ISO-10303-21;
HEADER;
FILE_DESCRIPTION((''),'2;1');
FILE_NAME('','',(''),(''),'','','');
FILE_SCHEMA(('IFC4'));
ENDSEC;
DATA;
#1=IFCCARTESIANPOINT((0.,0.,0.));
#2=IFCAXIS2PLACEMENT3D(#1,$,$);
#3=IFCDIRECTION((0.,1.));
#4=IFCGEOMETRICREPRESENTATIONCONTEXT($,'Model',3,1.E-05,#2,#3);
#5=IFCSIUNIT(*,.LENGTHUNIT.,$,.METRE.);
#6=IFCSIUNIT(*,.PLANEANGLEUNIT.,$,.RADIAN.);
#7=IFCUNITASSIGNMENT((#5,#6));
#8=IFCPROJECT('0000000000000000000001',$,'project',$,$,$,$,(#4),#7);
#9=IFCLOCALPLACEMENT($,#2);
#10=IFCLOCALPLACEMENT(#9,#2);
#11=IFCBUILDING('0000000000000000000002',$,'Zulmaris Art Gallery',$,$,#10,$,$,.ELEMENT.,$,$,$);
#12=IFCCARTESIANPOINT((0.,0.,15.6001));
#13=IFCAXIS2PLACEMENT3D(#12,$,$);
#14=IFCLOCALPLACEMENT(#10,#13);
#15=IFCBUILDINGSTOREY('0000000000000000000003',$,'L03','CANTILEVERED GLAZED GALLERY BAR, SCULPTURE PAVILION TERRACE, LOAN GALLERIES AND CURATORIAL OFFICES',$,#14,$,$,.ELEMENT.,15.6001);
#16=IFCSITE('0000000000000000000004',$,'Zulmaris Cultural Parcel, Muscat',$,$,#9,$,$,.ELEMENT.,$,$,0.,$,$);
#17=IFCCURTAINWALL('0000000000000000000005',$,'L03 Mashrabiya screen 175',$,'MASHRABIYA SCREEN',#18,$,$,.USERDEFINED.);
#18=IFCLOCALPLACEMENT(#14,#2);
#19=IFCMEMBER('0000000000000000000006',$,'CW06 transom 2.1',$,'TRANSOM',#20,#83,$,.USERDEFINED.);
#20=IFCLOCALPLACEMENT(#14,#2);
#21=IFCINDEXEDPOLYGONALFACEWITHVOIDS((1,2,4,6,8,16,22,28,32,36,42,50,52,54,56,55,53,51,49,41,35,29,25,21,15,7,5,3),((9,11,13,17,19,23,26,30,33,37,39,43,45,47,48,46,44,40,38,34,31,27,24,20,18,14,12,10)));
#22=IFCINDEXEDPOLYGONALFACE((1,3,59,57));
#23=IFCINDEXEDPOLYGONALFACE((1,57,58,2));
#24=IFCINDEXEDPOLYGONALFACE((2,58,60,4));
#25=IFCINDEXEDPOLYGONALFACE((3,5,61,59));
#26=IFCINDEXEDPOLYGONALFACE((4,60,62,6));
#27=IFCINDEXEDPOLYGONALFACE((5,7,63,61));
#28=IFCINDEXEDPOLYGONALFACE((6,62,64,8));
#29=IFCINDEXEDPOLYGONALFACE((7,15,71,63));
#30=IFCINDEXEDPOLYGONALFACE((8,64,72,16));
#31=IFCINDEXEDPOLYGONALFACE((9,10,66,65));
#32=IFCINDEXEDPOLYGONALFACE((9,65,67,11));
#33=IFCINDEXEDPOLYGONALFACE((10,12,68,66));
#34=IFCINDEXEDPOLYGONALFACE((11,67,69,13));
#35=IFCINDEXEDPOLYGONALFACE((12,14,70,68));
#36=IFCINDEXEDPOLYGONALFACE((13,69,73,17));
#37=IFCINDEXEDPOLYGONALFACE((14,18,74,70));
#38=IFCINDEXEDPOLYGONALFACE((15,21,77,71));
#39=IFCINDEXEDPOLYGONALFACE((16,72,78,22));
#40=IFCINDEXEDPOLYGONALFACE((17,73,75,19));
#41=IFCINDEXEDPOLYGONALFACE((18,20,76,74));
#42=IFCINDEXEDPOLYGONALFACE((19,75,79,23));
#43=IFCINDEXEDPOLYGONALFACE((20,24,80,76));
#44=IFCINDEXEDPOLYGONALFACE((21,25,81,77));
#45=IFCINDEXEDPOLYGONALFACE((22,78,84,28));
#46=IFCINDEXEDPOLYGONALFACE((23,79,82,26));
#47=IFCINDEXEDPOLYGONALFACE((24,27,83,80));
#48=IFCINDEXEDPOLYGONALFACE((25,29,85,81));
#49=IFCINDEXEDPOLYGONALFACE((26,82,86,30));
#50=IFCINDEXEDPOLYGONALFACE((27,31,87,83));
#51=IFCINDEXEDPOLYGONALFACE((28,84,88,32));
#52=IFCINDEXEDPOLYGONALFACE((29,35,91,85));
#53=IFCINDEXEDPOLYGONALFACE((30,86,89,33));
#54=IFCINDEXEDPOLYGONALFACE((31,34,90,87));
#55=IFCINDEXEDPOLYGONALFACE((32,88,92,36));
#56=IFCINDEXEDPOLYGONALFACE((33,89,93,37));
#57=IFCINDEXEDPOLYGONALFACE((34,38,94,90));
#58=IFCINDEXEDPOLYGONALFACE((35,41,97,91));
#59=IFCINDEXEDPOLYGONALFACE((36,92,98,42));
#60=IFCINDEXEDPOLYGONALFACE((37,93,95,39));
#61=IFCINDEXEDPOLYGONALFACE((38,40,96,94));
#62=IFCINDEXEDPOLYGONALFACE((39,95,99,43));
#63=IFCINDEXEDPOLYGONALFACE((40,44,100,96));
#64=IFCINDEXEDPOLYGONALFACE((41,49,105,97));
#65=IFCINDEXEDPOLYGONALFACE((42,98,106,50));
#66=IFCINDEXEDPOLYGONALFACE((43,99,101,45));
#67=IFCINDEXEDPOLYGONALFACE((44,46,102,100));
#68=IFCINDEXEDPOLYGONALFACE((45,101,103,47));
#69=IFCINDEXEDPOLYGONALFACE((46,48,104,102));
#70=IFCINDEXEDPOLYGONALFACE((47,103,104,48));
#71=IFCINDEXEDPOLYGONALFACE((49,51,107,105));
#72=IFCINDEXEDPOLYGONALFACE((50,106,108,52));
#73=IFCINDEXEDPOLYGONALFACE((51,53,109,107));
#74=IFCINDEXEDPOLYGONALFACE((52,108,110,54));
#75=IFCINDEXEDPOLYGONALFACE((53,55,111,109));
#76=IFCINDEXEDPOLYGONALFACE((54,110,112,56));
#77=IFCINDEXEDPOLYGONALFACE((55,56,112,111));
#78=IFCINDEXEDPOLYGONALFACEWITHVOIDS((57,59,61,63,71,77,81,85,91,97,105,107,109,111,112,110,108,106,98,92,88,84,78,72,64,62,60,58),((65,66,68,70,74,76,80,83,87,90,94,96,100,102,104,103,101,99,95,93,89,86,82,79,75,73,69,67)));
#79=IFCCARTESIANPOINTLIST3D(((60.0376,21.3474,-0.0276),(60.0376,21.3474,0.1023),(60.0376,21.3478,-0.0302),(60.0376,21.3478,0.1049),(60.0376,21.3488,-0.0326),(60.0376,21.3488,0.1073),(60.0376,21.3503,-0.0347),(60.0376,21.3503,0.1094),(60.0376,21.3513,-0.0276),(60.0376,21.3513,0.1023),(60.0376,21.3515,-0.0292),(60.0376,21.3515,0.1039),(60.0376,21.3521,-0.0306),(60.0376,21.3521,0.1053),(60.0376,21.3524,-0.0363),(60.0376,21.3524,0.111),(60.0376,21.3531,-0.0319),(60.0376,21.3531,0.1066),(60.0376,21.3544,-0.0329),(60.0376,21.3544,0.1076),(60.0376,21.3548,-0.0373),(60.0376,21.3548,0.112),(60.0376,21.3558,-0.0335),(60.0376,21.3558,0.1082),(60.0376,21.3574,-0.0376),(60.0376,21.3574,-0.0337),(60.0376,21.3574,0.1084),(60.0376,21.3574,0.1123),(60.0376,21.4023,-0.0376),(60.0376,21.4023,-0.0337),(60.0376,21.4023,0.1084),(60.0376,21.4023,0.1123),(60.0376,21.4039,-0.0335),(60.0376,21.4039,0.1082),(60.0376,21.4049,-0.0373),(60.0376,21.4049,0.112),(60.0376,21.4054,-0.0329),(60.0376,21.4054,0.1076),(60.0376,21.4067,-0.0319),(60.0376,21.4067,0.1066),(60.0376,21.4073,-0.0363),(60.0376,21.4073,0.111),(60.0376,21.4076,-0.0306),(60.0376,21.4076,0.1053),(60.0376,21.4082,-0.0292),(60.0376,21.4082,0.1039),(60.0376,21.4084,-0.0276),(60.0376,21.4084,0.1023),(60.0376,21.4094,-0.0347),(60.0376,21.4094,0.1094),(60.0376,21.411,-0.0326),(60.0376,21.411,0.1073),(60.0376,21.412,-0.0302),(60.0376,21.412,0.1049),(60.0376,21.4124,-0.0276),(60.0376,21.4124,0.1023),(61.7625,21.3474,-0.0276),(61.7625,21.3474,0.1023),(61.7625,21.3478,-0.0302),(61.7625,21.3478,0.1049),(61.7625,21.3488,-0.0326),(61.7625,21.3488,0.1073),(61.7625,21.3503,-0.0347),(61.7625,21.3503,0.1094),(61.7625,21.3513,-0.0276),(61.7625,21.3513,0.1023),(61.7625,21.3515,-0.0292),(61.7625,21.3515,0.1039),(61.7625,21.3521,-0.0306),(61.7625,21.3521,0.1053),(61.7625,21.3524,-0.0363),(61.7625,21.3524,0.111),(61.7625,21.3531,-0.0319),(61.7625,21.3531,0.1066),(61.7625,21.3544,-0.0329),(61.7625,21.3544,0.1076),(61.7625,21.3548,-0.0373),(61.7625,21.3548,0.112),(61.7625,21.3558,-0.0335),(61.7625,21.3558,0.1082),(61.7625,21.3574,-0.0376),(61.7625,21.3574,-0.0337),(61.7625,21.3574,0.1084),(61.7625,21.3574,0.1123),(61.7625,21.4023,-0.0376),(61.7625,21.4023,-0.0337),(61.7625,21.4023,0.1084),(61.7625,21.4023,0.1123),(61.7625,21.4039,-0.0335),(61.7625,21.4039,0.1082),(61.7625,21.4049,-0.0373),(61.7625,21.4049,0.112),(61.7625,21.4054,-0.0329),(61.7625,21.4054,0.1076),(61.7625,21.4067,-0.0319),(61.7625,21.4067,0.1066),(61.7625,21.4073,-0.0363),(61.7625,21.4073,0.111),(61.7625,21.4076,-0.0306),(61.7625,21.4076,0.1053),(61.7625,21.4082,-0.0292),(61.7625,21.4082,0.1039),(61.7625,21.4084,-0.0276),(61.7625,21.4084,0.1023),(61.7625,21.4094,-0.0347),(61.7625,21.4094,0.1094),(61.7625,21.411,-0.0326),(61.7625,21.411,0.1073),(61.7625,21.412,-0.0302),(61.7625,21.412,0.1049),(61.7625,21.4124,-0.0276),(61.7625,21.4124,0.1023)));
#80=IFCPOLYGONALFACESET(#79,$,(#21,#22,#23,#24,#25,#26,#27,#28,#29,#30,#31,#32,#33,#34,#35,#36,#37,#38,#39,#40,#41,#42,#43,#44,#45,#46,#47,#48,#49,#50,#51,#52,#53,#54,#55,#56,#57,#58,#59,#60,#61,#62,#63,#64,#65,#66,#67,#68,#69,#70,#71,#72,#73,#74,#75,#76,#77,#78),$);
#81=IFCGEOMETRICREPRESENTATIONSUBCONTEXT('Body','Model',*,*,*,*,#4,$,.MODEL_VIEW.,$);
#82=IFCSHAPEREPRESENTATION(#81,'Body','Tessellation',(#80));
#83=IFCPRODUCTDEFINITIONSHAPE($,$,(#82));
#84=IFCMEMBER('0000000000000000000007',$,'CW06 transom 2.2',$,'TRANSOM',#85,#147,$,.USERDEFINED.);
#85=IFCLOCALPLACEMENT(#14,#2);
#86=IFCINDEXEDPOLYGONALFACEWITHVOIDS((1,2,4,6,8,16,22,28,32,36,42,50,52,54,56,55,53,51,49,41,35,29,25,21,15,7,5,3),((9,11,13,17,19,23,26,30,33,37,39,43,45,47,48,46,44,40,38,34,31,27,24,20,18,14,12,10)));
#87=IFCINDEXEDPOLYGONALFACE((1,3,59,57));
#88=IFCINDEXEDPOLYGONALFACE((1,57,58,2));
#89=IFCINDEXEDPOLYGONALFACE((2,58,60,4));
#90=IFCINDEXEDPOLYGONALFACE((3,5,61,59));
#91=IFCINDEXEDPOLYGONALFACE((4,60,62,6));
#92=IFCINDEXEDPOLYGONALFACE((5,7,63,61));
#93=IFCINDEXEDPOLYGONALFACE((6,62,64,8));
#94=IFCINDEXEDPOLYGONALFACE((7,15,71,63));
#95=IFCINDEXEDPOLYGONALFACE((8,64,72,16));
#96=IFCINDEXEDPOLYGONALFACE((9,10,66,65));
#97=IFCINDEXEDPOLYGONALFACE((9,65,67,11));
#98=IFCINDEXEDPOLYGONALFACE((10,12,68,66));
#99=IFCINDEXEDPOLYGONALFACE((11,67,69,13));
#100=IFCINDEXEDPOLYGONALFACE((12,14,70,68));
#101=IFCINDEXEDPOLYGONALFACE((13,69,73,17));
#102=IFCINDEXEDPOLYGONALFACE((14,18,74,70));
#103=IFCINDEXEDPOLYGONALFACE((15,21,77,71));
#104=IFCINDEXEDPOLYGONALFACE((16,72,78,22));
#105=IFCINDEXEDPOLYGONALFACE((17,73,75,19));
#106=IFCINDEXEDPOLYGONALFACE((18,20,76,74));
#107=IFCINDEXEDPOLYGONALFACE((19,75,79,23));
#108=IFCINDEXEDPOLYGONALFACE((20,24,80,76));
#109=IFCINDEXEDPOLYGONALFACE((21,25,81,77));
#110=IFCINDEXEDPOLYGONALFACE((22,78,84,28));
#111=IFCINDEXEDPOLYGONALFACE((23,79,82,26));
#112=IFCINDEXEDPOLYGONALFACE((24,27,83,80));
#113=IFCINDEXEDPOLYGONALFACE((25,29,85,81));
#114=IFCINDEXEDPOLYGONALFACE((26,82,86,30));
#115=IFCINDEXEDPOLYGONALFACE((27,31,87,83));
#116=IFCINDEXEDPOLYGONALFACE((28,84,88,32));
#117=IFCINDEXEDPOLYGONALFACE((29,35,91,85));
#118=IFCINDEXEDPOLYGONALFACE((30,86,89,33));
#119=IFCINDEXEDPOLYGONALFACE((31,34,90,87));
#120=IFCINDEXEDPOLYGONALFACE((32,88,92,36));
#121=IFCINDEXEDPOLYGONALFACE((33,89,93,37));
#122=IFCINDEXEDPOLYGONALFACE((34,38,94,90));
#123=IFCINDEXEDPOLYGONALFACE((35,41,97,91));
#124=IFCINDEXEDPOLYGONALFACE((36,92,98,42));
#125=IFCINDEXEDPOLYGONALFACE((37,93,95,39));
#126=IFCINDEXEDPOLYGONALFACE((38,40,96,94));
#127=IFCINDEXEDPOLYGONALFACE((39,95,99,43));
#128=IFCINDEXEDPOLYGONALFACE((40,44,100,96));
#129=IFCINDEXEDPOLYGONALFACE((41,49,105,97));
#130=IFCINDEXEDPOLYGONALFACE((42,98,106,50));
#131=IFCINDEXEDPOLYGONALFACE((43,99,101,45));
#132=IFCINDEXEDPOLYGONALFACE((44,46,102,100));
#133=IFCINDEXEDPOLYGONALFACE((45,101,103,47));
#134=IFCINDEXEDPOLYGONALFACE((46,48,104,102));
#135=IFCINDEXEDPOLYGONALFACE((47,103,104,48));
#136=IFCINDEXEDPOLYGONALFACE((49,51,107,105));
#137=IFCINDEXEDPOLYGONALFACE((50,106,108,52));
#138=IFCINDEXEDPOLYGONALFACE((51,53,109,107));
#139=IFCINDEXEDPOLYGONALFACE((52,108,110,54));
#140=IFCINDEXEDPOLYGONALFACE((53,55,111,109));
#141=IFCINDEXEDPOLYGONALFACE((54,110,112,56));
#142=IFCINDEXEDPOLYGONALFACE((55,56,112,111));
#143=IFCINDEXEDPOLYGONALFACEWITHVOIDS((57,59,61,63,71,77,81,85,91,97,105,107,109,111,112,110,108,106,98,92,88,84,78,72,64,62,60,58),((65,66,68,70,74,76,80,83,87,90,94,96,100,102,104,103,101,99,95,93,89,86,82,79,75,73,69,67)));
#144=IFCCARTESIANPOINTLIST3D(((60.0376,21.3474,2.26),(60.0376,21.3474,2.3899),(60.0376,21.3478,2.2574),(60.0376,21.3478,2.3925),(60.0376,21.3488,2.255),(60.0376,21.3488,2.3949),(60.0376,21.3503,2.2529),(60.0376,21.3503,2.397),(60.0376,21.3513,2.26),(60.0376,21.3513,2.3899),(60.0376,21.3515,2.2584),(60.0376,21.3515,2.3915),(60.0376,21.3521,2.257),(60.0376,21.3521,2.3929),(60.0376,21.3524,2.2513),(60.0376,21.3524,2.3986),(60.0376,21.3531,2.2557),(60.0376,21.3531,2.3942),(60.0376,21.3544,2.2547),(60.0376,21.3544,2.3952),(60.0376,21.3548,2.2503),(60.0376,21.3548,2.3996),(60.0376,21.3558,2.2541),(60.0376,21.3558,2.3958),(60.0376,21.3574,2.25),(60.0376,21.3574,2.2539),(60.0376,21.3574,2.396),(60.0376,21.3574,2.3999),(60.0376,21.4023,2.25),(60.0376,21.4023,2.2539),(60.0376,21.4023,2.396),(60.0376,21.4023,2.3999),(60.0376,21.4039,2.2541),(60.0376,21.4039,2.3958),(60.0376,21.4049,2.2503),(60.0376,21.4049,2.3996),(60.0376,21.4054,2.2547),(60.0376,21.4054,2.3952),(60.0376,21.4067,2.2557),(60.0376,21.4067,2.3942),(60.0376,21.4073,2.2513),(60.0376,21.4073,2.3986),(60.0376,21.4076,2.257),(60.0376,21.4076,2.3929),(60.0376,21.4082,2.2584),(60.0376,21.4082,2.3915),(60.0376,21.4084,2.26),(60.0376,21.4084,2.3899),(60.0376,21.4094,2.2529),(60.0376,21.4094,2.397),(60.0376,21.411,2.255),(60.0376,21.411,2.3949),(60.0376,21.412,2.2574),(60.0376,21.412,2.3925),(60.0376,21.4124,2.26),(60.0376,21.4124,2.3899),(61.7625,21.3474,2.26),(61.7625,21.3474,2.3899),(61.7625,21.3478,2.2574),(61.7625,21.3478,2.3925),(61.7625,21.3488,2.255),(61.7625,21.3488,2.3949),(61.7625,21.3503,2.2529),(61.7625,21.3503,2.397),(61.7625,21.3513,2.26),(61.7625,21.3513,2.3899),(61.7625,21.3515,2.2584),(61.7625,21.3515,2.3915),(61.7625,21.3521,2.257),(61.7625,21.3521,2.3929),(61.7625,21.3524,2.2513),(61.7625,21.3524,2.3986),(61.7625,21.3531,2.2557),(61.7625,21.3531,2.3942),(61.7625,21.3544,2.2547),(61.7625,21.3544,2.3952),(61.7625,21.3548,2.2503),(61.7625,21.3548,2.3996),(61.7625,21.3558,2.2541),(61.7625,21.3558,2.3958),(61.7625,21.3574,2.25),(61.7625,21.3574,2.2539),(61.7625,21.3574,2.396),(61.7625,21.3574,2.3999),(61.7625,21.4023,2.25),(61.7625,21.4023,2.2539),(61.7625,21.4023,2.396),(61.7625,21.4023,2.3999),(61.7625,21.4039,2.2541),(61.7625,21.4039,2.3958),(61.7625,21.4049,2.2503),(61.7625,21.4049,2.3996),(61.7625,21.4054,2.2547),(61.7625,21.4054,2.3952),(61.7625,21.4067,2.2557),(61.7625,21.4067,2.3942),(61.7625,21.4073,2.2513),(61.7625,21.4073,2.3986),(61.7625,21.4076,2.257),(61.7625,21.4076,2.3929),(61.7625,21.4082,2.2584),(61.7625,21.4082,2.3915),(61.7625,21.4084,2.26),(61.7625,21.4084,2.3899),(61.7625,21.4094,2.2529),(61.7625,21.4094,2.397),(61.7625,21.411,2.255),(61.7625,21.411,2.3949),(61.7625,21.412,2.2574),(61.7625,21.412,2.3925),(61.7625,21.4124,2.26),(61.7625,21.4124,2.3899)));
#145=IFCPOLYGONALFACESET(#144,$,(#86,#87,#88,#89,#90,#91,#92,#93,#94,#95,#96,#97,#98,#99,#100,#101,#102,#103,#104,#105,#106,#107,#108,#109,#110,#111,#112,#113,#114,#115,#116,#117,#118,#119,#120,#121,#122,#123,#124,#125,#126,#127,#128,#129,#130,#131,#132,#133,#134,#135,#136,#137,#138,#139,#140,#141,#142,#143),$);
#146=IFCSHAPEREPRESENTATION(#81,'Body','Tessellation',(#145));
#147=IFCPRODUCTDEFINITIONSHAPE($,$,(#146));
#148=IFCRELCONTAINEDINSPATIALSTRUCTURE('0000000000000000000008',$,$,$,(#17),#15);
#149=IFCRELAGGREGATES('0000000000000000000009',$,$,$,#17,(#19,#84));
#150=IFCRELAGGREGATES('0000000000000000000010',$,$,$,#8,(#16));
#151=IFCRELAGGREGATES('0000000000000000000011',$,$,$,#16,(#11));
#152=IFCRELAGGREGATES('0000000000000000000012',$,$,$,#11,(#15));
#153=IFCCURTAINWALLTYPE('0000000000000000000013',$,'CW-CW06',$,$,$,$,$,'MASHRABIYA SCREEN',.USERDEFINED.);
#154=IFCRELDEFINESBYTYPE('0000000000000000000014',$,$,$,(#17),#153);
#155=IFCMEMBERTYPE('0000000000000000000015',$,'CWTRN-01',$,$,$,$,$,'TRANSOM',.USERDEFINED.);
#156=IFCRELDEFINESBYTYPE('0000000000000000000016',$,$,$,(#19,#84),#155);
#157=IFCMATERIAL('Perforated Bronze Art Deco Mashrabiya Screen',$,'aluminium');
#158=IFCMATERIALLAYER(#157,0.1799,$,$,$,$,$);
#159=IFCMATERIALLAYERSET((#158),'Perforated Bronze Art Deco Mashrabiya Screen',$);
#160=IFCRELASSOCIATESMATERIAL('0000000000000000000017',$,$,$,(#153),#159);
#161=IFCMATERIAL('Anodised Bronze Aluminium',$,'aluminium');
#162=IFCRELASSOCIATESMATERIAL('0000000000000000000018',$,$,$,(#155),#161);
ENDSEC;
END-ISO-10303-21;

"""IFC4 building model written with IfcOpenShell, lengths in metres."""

from ifc_helpers import new_model, si_unit, direction, frame, origin, origin_2d, place, context, subcontext, project, spatial, hollow_rectangle, extrude, material, layer, layer_set, material_profile, profile_set, type_object, element, aggregate, save


model = new_model("IFC4")

# Units and contexts
model_context = context("Model", 3, precision=1e-05, world=origin(), true_north=direction((0.0, 1.0)))
body_context = subcontext(model_context, "Body", "Model", "MODEL_VIEW")
ifc_project = project(units=[si_unit("LENGTHUNIT", "METRE"), si_unit("PLANEANGLEUNIT", "RADIAN")], contexts=[model_context])

# Site, building, storey
site_placement = place(None, origin())
site = spatial("IfcSite", under=ifc_project, at=site_placement, Name="Zulmaris Cultural Parcel, Muscat", CompositionType="ELEMENT", RefElevation=0.0)
building_placement = place(site_placement, origin())
building = spatial("IfcBuilding", under=site, at=building_placement, Name="Zulmaris Art Gallery", CompositionType="ELEMENT")
storey_placement = place(building_placement, frame((0.0, 0.0, 15.6001)))
storey = spatial("IfcBuildingStorey", under=building, at=storey_placement, Name="L03", Description="CANTILEVERED GLAZED GALLERY BAR, SCULPTURE PAVILION TERRACE, LOAN GALLERIES AND CURATORIAL OFFICES", CompositionType="ELEMENT", Elevation=15.6001)

# Shared definitions
ifc_material_1 = material(Name="Anodised Bronze Aluminium", Category="aluminium")

# Shared definitions
ifc_material_2 = material(Name="Perforated Bronze Art Deco Mashrabiya Screen", Category="aluminium")
ifc_layer_1 = layer(ifc_material_2, 0.1799)
ifc_layer_set_1 = layer_set([ifc_layer_1], Name="Perforated Bronze Art Deco Mashrabiya Screen")
curtain_wall_type_1 = type_object("IfcCurtainWallType", Name="CW-CW06", ElementType="MASHRABIYA SCREEN", PredefinedType="USERDEFINED", material=ifc_layer_set_1)

# Curtain wall
curtain_wall_1_placement = place(storey_placement, origin())
curtain_wall_1 = element("IfcCurtainWall", 1, at=curtain_wall_1_placement, inside=storey, type_object=curtain_wall_type_1, Name="L03 Mashrabiya screen 175", ObjectType="MASHRABIYA SCREEN", PredefinedType="USERDEFINED")

# Members
ifc_material_profile_1 = material_profile(ifc_material_1, hollow_rectangle(XDim=0.0649, YDim=0.1499, WallThickness=0.0039, InnerFilletRadius=0.0061, OuterFilletRadius=0.01, at=origin_2d()), Name="ALU 65x150x4")
ifc_profile_set_1 = profile_set([ifc_material_profile_1], Name="Anodised Bronze Aluminium")
member_type_1 = type_object("IfcMemberType", Name="CWTRN-01", ElementType="TRANSOM", PredefinedType="USERDEFINED", material=ifc_profile_set_1)
member_1_placement = place(storey_placement, frame((60.0376, 21.3799, 0.0374), z_axis=(1.0, 0.0, 0.0), x_axis=(0.0, 1.0, 0.0)))
member_1 = element("IfcMember", 2, at=member_1_placement, type_object=member_type_1, Name="CW06 transom 2.1", ObjectType="TRANSOM", PredefinedType="USERDEFINED", context=body_context, shape_type="SweptSolid", body=[
    extrude(hollow_rectangle(XDim=0.0649, YDim=0.1499, WallThickness=0.0039, InnerFilletRadius=0.0061, OuterFilletRadius=0.01, at=origin_2d()), origin(), (0.0, 0.0, 1.0), 1.7249),
])
member_2_placement = place(storey_placement, frame((60.0376, 21.3799, 2.325), z_axis=(1.0, 0.0, 0.0), x_axis=(0.0, 1.0, 0.0)))
member_2 = element("IfcMember", 3, at=member_2_placement, type_object=member_type_1, Name="CW06 transom 2.2", ObjectType="TRANSOM", PredefinedType="USERDEFINED", context=body_context, shape_type="SweptSolid", body=[
    extrude(hollow_rectangle(XDim=0.0649, YDim=0.1499, WallThickness=0.0039, InnerFilletRadius=0.0061, OuterFilletRadius=0.01, at=origin_2d()), origin(), (0.0, 0.0, 1.0), 1.7249),
])

aggregate(curtain_wall_1, [member_1, member_2])

save(model, "model.ifc")
